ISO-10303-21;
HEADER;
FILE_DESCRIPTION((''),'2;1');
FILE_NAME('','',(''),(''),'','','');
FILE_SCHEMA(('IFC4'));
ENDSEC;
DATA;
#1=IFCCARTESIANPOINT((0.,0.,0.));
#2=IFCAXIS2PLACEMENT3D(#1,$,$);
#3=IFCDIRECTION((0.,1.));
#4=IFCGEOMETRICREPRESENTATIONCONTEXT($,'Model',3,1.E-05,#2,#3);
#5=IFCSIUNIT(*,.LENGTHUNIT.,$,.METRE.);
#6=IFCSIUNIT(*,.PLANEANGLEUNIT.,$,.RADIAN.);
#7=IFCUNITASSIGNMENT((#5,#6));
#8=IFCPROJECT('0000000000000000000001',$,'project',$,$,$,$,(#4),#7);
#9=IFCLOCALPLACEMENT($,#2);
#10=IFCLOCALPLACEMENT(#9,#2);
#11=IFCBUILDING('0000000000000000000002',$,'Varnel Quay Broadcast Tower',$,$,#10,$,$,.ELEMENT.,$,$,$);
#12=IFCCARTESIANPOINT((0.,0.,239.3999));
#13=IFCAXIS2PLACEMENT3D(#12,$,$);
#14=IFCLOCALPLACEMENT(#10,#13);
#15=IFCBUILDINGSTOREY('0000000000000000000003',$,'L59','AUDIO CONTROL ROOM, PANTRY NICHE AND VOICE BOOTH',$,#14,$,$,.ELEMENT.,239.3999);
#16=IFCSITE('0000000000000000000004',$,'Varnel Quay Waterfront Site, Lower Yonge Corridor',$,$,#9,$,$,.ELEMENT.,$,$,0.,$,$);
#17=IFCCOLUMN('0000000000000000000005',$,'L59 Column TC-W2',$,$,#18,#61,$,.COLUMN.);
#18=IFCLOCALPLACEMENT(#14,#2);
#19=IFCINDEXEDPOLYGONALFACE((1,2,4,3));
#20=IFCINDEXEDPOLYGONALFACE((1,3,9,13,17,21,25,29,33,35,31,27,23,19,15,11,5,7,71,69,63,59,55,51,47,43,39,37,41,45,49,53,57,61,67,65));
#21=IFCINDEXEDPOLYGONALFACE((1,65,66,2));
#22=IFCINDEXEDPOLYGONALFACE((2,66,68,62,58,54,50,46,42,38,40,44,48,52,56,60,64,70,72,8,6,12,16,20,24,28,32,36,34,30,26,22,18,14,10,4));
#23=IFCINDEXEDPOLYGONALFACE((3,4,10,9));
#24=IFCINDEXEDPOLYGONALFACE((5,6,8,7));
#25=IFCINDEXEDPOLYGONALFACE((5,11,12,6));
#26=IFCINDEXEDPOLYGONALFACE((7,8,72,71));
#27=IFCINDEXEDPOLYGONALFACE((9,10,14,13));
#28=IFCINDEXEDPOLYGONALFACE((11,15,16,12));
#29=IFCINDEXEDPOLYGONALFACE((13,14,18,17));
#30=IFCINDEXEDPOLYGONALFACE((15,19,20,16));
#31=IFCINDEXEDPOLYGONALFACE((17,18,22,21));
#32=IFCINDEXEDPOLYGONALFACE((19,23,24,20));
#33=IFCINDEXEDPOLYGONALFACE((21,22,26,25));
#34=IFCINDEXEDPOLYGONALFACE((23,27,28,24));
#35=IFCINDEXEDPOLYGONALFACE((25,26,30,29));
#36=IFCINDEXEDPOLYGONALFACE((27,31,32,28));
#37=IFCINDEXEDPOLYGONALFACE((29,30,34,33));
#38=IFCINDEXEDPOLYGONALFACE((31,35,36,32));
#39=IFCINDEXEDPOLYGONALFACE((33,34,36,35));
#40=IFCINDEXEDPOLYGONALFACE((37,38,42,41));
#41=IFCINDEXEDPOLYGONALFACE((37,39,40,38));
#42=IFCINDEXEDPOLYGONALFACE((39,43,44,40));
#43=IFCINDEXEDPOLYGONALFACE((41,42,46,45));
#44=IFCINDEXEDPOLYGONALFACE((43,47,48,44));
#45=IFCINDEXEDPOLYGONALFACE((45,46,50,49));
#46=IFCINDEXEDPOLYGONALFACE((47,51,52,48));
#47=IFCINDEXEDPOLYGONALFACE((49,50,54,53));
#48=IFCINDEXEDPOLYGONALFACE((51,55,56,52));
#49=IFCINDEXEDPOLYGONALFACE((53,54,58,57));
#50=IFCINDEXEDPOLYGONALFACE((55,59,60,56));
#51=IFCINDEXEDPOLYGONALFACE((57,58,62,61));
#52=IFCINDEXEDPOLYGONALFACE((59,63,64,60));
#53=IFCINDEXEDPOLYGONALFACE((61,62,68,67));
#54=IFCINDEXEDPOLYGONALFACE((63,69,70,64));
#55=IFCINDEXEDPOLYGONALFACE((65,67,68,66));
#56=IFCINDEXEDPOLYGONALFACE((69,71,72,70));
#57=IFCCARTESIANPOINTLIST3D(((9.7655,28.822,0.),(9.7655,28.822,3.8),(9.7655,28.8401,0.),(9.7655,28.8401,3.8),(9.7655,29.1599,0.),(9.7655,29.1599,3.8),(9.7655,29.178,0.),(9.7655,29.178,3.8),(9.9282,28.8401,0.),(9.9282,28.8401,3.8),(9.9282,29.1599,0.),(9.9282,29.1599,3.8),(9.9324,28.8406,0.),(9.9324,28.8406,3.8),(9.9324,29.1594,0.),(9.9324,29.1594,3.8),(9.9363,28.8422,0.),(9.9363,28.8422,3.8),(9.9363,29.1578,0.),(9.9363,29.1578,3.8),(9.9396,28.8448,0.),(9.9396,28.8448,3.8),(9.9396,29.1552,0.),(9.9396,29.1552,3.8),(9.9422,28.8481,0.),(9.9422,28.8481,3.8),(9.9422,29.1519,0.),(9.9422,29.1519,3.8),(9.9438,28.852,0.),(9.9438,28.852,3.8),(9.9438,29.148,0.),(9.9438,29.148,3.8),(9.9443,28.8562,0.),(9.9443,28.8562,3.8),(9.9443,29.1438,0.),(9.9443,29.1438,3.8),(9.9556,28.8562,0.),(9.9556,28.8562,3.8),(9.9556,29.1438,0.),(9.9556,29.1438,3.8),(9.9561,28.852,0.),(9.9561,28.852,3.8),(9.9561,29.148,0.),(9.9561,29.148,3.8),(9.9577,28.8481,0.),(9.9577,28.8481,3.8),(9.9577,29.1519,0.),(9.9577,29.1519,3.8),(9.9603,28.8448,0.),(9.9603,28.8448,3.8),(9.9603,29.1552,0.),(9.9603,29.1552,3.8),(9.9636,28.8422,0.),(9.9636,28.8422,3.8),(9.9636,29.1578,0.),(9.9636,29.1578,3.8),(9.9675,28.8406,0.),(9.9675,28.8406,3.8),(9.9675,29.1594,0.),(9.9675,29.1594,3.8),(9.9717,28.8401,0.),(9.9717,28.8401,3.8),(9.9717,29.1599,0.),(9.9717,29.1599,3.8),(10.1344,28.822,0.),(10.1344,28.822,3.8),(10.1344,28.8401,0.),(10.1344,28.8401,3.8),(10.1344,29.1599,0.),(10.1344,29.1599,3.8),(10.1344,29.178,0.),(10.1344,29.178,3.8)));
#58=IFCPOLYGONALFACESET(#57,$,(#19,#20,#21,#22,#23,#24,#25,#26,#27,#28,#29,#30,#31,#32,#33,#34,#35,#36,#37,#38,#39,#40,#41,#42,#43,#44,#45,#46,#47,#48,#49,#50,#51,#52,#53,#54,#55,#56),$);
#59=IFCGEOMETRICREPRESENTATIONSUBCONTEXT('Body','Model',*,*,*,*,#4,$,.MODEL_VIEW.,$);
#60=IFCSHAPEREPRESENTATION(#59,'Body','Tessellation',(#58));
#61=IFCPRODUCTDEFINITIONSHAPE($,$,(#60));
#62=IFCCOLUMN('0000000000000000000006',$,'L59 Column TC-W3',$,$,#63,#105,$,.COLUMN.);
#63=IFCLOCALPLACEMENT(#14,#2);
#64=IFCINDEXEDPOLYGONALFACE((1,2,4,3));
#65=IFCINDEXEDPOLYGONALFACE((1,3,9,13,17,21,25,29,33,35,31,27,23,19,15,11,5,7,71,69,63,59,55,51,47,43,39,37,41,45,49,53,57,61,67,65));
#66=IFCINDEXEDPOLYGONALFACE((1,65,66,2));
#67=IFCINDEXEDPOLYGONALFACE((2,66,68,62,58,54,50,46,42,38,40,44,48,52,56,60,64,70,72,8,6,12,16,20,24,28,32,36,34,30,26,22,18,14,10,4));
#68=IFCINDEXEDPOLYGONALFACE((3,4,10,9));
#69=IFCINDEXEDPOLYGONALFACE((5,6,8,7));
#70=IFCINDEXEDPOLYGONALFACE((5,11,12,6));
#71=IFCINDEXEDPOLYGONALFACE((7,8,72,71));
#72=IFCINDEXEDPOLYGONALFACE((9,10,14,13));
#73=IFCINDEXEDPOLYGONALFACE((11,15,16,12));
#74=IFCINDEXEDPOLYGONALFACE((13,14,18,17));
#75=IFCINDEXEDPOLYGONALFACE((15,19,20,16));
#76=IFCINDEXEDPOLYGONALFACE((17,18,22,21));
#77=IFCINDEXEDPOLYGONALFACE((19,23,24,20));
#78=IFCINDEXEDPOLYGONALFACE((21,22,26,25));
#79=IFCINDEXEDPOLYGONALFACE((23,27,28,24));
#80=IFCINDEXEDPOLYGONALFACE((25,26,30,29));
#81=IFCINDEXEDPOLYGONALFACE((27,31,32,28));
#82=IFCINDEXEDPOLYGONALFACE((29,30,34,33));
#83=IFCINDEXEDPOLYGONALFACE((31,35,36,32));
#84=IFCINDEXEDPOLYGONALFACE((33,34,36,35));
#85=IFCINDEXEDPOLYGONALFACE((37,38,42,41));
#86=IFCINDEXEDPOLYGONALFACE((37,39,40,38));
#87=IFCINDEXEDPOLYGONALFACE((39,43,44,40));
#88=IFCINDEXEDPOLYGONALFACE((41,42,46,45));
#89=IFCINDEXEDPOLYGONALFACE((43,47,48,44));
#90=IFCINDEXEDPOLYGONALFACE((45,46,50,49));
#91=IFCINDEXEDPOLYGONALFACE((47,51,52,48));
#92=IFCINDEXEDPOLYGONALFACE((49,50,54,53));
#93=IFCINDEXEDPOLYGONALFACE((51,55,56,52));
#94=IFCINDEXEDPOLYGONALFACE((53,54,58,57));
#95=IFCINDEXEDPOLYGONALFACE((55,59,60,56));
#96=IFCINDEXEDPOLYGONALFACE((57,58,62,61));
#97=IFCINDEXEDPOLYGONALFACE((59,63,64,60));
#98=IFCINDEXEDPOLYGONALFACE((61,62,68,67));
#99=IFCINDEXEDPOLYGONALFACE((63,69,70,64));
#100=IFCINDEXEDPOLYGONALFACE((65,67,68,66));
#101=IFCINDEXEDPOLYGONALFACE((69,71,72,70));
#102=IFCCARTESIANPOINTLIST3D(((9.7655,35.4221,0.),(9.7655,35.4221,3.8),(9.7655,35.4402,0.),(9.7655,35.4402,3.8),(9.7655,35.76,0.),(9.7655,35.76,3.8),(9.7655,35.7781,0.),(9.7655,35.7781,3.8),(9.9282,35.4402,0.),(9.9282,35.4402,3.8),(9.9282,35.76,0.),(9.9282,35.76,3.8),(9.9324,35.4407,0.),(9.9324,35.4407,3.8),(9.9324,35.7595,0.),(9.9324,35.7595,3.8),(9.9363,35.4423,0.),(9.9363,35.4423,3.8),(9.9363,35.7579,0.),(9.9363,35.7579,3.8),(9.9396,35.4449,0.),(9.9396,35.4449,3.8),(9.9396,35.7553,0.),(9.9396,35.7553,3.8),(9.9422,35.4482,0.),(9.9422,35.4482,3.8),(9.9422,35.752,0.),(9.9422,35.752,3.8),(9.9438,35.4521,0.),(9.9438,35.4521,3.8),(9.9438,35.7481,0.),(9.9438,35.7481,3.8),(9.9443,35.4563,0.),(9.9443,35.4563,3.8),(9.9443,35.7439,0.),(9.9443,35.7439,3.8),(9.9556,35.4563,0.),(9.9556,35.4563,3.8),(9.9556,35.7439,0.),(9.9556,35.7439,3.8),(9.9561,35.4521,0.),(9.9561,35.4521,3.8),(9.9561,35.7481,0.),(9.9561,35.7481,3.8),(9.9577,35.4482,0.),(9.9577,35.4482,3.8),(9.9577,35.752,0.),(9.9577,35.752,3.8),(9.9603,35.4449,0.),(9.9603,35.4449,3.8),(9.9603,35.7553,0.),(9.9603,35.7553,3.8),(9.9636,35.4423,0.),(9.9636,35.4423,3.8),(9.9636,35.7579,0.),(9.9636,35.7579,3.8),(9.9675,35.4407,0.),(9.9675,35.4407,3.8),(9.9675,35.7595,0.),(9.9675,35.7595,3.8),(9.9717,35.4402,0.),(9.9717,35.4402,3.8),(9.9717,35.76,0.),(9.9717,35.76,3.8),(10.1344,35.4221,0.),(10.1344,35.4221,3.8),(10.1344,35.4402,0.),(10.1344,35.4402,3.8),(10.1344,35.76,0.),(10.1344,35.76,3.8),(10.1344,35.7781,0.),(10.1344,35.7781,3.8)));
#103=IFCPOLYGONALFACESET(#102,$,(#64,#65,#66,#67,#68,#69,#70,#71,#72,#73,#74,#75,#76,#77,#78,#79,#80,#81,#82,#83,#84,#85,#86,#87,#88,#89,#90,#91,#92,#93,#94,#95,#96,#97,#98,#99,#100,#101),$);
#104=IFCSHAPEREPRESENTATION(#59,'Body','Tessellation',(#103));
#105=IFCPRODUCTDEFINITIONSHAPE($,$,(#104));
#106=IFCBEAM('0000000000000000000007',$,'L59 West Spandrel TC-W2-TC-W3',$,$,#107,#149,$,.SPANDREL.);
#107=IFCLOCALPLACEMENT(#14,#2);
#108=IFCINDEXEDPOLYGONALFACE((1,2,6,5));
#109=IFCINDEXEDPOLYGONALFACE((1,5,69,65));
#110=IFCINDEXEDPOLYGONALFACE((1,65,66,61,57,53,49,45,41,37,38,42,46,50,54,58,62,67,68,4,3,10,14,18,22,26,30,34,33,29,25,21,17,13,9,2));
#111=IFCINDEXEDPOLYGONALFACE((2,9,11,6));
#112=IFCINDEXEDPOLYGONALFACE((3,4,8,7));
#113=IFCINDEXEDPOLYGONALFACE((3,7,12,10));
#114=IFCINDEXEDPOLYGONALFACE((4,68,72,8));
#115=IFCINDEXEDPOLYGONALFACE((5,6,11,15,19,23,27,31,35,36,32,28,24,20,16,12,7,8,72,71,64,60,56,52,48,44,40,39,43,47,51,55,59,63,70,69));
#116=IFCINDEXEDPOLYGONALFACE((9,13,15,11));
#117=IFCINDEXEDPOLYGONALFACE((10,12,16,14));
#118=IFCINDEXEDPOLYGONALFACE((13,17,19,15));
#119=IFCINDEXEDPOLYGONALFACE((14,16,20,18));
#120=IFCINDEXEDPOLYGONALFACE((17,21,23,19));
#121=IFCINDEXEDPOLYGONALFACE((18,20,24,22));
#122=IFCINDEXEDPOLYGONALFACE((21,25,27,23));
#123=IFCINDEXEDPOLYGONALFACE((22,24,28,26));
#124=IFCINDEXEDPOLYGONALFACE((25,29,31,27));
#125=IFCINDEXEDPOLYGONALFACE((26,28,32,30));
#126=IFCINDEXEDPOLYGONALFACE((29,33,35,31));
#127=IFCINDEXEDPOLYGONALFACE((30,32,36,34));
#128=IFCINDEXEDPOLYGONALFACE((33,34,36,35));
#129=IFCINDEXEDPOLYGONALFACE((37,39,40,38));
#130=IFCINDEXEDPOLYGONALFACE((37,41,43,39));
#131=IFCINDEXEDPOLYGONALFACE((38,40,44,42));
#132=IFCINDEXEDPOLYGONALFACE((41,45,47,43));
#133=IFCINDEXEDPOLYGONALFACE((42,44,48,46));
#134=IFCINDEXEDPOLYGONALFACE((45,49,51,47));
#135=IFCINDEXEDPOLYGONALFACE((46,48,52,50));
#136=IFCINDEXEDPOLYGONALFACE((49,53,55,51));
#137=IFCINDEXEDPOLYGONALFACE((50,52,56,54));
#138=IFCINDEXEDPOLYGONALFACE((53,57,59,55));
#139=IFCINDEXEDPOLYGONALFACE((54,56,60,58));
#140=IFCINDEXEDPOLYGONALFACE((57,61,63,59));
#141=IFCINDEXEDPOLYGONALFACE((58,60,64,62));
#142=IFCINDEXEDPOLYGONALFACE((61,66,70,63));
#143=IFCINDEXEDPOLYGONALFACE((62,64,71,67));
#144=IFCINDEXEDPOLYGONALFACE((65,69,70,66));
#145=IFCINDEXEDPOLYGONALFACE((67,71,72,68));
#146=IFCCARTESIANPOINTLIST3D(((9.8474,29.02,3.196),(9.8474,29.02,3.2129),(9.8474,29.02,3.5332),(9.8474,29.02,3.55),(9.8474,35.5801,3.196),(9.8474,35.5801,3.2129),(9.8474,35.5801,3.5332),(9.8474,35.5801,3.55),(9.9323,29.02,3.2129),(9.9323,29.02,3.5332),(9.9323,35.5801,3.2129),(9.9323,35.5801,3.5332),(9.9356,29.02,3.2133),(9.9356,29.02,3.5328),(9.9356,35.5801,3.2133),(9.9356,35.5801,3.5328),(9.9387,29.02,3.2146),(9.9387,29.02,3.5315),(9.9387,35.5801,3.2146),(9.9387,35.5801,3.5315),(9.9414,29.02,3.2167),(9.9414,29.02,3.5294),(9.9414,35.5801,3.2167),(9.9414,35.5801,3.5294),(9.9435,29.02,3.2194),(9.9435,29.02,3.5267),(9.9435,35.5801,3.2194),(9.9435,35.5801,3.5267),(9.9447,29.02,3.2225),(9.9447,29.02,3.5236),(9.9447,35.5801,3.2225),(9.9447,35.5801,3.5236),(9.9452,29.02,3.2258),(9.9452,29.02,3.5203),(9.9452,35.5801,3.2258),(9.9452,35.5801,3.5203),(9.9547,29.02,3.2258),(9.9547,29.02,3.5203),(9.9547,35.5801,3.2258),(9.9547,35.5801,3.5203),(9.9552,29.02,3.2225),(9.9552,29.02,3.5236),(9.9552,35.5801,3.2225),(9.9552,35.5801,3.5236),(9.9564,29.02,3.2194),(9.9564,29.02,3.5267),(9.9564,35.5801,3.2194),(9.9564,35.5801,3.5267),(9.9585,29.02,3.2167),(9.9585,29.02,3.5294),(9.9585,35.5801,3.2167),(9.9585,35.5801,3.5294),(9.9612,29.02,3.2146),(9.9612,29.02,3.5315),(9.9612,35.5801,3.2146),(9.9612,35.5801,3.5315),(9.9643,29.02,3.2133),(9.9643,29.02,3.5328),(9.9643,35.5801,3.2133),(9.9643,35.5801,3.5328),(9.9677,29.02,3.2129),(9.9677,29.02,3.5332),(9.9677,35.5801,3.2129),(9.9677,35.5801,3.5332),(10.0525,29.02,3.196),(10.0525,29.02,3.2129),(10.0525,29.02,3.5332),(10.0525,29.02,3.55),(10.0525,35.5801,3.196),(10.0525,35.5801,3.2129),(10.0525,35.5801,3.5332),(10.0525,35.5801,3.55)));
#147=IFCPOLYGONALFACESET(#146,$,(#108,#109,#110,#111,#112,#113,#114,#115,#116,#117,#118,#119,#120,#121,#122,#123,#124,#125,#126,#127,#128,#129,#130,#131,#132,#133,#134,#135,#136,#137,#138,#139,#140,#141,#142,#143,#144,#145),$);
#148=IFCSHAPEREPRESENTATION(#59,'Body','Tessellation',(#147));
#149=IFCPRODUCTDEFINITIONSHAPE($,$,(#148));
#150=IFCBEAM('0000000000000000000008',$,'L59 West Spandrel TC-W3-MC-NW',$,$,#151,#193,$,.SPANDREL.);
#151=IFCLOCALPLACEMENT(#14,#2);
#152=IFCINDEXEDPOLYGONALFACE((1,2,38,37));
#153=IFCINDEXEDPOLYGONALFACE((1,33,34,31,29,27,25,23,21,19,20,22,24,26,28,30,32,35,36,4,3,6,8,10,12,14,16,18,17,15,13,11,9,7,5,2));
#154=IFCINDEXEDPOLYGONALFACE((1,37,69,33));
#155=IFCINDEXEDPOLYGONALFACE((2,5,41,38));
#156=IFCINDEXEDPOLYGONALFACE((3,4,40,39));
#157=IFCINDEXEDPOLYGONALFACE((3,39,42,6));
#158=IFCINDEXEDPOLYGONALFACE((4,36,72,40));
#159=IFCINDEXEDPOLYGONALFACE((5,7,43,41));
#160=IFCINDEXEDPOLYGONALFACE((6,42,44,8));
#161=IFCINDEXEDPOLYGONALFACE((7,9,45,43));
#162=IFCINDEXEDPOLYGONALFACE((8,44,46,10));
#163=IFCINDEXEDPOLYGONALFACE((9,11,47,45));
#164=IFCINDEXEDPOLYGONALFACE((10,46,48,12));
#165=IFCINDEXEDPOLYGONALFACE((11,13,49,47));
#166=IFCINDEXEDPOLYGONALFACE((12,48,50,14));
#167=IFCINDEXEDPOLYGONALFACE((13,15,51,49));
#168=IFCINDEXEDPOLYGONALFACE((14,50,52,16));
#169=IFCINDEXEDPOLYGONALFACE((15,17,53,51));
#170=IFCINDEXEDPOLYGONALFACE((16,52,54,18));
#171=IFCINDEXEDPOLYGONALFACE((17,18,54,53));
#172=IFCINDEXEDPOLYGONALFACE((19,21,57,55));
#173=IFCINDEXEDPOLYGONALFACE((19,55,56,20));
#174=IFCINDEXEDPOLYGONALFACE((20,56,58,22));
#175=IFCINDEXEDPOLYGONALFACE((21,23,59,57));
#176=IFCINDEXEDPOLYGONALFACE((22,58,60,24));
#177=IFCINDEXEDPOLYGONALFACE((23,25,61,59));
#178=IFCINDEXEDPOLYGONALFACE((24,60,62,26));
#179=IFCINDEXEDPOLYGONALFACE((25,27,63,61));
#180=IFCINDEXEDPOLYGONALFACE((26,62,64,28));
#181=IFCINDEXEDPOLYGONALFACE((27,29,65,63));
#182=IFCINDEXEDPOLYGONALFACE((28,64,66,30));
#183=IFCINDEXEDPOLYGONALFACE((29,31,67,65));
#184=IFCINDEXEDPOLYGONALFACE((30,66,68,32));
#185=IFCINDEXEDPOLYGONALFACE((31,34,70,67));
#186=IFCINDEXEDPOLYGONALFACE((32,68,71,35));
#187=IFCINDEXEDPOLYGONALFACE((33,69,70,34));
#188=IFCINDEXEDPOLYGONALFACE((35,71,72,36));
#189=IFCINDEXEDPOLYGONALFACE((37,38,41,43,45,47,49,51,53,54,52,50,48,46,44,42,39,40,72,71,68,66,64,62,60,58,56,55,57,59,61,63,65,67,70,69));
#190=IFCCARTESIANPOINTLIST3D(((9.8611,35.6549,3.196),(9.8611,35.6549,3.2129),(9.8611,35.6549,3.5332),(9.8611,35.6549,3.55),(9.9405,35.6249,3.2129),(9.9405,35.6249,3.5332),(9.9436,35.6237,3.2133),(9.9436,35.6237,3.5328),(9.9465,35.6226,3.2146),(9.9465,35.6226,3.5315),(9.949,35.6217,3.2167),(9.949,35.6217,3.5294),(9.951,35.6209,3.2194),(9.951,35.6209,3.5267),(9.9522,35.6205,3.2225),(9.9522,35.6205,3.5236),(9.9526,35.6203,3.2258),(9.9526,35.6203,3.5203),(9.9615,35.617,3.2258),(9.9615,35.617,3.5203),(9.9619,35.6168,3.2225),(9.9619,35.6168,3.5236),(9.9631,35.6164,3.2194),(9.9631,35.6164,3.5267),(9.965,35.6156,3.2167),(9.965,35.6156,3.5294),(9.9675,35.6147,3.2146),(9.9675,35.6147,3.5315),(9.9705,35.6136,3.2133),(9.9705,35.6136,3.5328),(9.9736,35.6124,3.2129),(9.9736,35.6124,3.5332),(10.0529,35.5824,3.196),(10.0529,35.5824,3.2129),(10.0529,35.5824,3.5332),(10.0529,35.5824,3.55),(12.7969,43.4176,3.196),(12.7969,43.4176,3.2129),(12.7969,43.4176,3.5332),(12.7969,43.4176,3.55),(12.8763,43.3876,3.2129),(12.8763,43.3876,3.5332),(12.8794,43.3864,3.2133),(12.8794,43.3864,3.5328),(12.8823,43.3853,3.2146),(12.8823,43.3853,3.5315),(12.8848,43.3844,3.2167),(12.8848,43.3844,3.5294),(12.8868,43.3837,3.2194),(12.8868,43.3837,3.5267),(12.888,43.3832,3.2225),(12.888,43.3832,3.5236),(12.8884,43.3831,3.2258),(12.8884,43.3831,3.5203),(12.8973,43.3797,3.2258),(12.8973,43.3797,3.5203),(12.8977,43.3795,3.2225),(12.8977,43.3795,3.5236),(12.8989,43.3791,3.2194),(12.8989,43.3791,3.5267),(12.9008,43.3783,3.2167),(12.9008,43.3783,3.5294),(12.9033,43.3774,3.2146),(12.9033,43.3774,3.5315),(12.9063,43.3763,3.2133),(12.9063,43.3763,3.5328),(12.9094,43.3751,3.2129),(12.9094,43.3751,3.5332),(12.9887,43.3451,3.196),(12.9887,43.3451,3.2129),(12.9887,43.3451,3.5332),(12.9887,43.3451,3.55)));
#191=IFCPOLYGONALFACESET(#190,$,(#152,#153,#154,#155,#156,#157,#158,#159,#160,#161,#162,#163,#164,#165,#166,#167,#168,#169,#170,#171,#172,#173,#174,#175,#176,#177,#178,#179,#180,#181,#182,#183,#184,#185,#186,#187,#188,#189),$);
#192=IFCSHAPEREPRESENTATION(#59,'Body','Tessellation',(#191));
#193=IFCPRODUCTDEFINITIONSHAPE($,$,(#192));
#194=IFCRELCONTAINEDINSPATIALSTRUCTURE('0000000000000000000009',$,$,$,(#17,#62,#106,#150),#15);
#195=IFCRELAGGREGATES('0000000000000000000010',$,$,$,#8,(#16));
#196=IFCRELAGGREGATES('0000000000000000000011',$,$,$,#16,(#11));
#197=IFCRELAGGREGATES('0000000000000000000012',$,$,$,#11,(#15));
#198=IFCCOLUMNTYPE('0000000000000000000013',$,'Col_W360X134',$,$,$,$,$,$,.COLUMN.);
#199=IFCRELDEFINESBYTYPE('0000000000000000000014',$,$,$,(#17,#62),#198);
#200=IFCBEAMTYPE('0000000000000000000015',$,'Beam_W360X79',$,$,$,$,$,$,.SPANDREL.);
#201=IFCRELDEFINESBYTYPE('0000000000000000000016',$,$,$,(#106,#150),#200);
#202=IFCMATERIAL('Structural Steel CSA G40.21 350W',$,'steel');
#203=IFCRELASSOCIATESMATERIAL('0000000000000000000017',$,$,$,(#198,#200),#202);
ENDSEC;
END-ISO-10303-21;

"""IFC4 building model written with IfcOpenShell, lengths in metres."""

from ifc_helpers import new_model, si_unit, direction, frame, origin, origin_2d, place, context, subcontext, project, spatial, i_section, extrude, source, transform, mapped, material, material_profile, profile_set, type_object, type_shapes, element, save


model = new_model("IFC4")

# Units and contexts
model_context = context("Model", 3, precision=1e-05, world=origin(), true_north=direction((0.0, 1.0)))
body_context = subcontext(model_context, "Body", "Model", "MODEL_VIEW")
ifc_project = project(units=[si_unit("LENGTHUNIT", "METRE"), si_unit("PLANEANGLEUNIT", "RADIAN")], contexts=[model_context])

# Site, building, storey
site_placement = place(None, origin())
site = spatial("IfcSite", under=ifc_project, at=site_placement, Name="Varnel Quay Waterfront Site, Lower Yonge Corridor", CompositionType="ELEMENT", RefElevation=0.0)
building_placement = place(site_placement, origin())
building = spatial("IfcBuilding", under=site, at=building_placement, Name="Varnel Quay Broadcast Tower", CompositionType="ELEMENT")
storey_placement = place(building_placement, frame((0.0, 0.0, 239.3999)))
storey = spatial("IfcBuildingStorey", under=building, at=storey_placement, Name="L59", Description="AUDIO CONTROL ROOM, PANTRY NICHE AND VOICE BOOTH", CompositionType="ELEMENT", Elevation=239.3999)

# Columns
ifc_material_1 = material(Name="Structural Steel CSA G40.21 350W", Category="steel")
ifc_material_profile_1 = material_profile(ifc_material_1, i_section(OverallWidth=0.3689, OverallDepth=0.356, WebThickness=0.0112, FlangeThickness=0.0181, FilletRadius=0.0161, at=origin_2d()), Name="W360X134")
ifc_profile_set_1 = profile_set([ifc_material_profile_1], Name="Structural Steel CSA G40.21 350W")
column_type = type_object("IfcColumnType", Name="Col_W360X134", PredefinedType="COLUMN", material=ifc_profile_set_1)
shared_shape_1 = source(origin(), body_context, "Body", "SweptSolid", [
    extrude(i_section(OverallWidth=0.3689, OverallDepth=0.356, WebThickness=0.0112, FlangeThickness=0.0181, FilletRadius=0.0161, at=origin_2d()), origin(), (0.0, 0.0, 1.0), 3.8),
])
type_shapes(column_type, [shared_shape_1])
for number, where, z_axis, x_axis, name in (
    (1, (9.95, 29.0, 0.0), (0.0, 0.0, 1.0), (1.0, 0.0, 0.0), "L59 Column TC-W2"),
    (2, (9.95, 35.6001, 0.0), (0.0, 0.0, 1.0), (1.0, 0.0, 0.0), "L59 Column TC-W3"),
):
    element("IfcColumn", number, at=place(storey_placement, frame(where, z_axis=z_axis, x_axis=x_axis)), inside=storey, type_object=column_type, Name=name, PredefinedType="COLUMN", context=body_context, shape_type="MappedRepresentation", body=[
        mapped(shared_shape_1, transform((0.0, 0.0, 0.0), x_axis=(1.0, 0.0, 0.0), y_axis=(0.0, 1.0, 0.0), z_axis=(0.0, 0.0, 1.0), scale=1.0)),
    ])

# Beams
ifc_material_profile_2 = material_profile(ifc_material_1, i_section(OverallWidth=0.2051, OverallDepth=0.354, WebThickness=0.0095, FlangeThickness=0.0168, FilletRadius=0.0129, at=origin_2d()), Name="W360X79")
ifc_profile_set_2 = profile_set([ifc_material_profile_2], Name="Structural Steel CSA G40.21 350W")
beam_type_1 = type_object("IfcBeamType", Name="Beam_W360X79", PredefinedType="SPANDREL", material=ifc_profile_set_2)
shared_shape_2 = source(origin(), body_context, "Body", "SweptSolid", [
    extrude(i_section(OverallWidth=0.2051, OverallDepth=0.354, WebThickness=0.0095, FlangeThickness=0.0168, FilletRadius=0.0129, at=origin_2d()), origin(), (0.0, 0.0, 1.0), 6.5601),
])
beam_1_placement = place(storey_placement, frame((9.95, 29.02, 3.373), z_axis=(0.0, 1.0, 0.0), x_axis=(-1.0, 0.0, 0.0)))
element("IfcBeam", 3, at=beam_1_placement, inside=storey, type_object=beam_type_1, Name="L59 West Spandrel TC-W2-TC-W3", PredefinedType="SPANDREL", context=body_context, shape_type="MappedRepresentation", body=[
    mapped(shared_shape_2, transform((0.0, 0.0, 0.0), x_axis=(1.0, 0.0, 0.0), y_axis=(0.0, 1.0, 0.0), z_axis=(0.0, 0.0, 1.0), scale=1.0)),
])
shared_shape_3 = source(origin(), body_context, "Body", "SweptSolid", [
    extrude(i_section(OverallWidth=0.2051, OverallDepth=0.354, WebThickness=0.0095, FlangeThickness=0.0168, FilletRadius=0.0129, at=origin_2d()), origin(), (0.0, 0.0, 1.0), 8.2993),
])
type_shapes(beam_type_1, [shared_shape_2, shared_shape_3])
beam_2_placement = place(storey_placement, frame((9.957, 35.6187, 3.373), z_axis=(0.35374, 0.935344, 0.0), x_axis=(-0.935344, 0.35374, 0.0)))
element("IfcBeam", 4, at=beam_2_placement, inside=storey, type_object=beam_type_1, Name="L59 West Spandrel TC-W3-MC-NW", PredefinedType="SPANDREL", context=body_context, shape_type="MappedRepresentation", body=[
    mapped(shared_shape_3, transform((0.0, 0.0, 0.0), x_axis=(1.0, 0.0, 0.0), y_axis=(0.0, 1.0, 0.0), z_axis=(0.0, 0.0, 1.0), scale=1.0)),
])

save(model, "model.ifc")
